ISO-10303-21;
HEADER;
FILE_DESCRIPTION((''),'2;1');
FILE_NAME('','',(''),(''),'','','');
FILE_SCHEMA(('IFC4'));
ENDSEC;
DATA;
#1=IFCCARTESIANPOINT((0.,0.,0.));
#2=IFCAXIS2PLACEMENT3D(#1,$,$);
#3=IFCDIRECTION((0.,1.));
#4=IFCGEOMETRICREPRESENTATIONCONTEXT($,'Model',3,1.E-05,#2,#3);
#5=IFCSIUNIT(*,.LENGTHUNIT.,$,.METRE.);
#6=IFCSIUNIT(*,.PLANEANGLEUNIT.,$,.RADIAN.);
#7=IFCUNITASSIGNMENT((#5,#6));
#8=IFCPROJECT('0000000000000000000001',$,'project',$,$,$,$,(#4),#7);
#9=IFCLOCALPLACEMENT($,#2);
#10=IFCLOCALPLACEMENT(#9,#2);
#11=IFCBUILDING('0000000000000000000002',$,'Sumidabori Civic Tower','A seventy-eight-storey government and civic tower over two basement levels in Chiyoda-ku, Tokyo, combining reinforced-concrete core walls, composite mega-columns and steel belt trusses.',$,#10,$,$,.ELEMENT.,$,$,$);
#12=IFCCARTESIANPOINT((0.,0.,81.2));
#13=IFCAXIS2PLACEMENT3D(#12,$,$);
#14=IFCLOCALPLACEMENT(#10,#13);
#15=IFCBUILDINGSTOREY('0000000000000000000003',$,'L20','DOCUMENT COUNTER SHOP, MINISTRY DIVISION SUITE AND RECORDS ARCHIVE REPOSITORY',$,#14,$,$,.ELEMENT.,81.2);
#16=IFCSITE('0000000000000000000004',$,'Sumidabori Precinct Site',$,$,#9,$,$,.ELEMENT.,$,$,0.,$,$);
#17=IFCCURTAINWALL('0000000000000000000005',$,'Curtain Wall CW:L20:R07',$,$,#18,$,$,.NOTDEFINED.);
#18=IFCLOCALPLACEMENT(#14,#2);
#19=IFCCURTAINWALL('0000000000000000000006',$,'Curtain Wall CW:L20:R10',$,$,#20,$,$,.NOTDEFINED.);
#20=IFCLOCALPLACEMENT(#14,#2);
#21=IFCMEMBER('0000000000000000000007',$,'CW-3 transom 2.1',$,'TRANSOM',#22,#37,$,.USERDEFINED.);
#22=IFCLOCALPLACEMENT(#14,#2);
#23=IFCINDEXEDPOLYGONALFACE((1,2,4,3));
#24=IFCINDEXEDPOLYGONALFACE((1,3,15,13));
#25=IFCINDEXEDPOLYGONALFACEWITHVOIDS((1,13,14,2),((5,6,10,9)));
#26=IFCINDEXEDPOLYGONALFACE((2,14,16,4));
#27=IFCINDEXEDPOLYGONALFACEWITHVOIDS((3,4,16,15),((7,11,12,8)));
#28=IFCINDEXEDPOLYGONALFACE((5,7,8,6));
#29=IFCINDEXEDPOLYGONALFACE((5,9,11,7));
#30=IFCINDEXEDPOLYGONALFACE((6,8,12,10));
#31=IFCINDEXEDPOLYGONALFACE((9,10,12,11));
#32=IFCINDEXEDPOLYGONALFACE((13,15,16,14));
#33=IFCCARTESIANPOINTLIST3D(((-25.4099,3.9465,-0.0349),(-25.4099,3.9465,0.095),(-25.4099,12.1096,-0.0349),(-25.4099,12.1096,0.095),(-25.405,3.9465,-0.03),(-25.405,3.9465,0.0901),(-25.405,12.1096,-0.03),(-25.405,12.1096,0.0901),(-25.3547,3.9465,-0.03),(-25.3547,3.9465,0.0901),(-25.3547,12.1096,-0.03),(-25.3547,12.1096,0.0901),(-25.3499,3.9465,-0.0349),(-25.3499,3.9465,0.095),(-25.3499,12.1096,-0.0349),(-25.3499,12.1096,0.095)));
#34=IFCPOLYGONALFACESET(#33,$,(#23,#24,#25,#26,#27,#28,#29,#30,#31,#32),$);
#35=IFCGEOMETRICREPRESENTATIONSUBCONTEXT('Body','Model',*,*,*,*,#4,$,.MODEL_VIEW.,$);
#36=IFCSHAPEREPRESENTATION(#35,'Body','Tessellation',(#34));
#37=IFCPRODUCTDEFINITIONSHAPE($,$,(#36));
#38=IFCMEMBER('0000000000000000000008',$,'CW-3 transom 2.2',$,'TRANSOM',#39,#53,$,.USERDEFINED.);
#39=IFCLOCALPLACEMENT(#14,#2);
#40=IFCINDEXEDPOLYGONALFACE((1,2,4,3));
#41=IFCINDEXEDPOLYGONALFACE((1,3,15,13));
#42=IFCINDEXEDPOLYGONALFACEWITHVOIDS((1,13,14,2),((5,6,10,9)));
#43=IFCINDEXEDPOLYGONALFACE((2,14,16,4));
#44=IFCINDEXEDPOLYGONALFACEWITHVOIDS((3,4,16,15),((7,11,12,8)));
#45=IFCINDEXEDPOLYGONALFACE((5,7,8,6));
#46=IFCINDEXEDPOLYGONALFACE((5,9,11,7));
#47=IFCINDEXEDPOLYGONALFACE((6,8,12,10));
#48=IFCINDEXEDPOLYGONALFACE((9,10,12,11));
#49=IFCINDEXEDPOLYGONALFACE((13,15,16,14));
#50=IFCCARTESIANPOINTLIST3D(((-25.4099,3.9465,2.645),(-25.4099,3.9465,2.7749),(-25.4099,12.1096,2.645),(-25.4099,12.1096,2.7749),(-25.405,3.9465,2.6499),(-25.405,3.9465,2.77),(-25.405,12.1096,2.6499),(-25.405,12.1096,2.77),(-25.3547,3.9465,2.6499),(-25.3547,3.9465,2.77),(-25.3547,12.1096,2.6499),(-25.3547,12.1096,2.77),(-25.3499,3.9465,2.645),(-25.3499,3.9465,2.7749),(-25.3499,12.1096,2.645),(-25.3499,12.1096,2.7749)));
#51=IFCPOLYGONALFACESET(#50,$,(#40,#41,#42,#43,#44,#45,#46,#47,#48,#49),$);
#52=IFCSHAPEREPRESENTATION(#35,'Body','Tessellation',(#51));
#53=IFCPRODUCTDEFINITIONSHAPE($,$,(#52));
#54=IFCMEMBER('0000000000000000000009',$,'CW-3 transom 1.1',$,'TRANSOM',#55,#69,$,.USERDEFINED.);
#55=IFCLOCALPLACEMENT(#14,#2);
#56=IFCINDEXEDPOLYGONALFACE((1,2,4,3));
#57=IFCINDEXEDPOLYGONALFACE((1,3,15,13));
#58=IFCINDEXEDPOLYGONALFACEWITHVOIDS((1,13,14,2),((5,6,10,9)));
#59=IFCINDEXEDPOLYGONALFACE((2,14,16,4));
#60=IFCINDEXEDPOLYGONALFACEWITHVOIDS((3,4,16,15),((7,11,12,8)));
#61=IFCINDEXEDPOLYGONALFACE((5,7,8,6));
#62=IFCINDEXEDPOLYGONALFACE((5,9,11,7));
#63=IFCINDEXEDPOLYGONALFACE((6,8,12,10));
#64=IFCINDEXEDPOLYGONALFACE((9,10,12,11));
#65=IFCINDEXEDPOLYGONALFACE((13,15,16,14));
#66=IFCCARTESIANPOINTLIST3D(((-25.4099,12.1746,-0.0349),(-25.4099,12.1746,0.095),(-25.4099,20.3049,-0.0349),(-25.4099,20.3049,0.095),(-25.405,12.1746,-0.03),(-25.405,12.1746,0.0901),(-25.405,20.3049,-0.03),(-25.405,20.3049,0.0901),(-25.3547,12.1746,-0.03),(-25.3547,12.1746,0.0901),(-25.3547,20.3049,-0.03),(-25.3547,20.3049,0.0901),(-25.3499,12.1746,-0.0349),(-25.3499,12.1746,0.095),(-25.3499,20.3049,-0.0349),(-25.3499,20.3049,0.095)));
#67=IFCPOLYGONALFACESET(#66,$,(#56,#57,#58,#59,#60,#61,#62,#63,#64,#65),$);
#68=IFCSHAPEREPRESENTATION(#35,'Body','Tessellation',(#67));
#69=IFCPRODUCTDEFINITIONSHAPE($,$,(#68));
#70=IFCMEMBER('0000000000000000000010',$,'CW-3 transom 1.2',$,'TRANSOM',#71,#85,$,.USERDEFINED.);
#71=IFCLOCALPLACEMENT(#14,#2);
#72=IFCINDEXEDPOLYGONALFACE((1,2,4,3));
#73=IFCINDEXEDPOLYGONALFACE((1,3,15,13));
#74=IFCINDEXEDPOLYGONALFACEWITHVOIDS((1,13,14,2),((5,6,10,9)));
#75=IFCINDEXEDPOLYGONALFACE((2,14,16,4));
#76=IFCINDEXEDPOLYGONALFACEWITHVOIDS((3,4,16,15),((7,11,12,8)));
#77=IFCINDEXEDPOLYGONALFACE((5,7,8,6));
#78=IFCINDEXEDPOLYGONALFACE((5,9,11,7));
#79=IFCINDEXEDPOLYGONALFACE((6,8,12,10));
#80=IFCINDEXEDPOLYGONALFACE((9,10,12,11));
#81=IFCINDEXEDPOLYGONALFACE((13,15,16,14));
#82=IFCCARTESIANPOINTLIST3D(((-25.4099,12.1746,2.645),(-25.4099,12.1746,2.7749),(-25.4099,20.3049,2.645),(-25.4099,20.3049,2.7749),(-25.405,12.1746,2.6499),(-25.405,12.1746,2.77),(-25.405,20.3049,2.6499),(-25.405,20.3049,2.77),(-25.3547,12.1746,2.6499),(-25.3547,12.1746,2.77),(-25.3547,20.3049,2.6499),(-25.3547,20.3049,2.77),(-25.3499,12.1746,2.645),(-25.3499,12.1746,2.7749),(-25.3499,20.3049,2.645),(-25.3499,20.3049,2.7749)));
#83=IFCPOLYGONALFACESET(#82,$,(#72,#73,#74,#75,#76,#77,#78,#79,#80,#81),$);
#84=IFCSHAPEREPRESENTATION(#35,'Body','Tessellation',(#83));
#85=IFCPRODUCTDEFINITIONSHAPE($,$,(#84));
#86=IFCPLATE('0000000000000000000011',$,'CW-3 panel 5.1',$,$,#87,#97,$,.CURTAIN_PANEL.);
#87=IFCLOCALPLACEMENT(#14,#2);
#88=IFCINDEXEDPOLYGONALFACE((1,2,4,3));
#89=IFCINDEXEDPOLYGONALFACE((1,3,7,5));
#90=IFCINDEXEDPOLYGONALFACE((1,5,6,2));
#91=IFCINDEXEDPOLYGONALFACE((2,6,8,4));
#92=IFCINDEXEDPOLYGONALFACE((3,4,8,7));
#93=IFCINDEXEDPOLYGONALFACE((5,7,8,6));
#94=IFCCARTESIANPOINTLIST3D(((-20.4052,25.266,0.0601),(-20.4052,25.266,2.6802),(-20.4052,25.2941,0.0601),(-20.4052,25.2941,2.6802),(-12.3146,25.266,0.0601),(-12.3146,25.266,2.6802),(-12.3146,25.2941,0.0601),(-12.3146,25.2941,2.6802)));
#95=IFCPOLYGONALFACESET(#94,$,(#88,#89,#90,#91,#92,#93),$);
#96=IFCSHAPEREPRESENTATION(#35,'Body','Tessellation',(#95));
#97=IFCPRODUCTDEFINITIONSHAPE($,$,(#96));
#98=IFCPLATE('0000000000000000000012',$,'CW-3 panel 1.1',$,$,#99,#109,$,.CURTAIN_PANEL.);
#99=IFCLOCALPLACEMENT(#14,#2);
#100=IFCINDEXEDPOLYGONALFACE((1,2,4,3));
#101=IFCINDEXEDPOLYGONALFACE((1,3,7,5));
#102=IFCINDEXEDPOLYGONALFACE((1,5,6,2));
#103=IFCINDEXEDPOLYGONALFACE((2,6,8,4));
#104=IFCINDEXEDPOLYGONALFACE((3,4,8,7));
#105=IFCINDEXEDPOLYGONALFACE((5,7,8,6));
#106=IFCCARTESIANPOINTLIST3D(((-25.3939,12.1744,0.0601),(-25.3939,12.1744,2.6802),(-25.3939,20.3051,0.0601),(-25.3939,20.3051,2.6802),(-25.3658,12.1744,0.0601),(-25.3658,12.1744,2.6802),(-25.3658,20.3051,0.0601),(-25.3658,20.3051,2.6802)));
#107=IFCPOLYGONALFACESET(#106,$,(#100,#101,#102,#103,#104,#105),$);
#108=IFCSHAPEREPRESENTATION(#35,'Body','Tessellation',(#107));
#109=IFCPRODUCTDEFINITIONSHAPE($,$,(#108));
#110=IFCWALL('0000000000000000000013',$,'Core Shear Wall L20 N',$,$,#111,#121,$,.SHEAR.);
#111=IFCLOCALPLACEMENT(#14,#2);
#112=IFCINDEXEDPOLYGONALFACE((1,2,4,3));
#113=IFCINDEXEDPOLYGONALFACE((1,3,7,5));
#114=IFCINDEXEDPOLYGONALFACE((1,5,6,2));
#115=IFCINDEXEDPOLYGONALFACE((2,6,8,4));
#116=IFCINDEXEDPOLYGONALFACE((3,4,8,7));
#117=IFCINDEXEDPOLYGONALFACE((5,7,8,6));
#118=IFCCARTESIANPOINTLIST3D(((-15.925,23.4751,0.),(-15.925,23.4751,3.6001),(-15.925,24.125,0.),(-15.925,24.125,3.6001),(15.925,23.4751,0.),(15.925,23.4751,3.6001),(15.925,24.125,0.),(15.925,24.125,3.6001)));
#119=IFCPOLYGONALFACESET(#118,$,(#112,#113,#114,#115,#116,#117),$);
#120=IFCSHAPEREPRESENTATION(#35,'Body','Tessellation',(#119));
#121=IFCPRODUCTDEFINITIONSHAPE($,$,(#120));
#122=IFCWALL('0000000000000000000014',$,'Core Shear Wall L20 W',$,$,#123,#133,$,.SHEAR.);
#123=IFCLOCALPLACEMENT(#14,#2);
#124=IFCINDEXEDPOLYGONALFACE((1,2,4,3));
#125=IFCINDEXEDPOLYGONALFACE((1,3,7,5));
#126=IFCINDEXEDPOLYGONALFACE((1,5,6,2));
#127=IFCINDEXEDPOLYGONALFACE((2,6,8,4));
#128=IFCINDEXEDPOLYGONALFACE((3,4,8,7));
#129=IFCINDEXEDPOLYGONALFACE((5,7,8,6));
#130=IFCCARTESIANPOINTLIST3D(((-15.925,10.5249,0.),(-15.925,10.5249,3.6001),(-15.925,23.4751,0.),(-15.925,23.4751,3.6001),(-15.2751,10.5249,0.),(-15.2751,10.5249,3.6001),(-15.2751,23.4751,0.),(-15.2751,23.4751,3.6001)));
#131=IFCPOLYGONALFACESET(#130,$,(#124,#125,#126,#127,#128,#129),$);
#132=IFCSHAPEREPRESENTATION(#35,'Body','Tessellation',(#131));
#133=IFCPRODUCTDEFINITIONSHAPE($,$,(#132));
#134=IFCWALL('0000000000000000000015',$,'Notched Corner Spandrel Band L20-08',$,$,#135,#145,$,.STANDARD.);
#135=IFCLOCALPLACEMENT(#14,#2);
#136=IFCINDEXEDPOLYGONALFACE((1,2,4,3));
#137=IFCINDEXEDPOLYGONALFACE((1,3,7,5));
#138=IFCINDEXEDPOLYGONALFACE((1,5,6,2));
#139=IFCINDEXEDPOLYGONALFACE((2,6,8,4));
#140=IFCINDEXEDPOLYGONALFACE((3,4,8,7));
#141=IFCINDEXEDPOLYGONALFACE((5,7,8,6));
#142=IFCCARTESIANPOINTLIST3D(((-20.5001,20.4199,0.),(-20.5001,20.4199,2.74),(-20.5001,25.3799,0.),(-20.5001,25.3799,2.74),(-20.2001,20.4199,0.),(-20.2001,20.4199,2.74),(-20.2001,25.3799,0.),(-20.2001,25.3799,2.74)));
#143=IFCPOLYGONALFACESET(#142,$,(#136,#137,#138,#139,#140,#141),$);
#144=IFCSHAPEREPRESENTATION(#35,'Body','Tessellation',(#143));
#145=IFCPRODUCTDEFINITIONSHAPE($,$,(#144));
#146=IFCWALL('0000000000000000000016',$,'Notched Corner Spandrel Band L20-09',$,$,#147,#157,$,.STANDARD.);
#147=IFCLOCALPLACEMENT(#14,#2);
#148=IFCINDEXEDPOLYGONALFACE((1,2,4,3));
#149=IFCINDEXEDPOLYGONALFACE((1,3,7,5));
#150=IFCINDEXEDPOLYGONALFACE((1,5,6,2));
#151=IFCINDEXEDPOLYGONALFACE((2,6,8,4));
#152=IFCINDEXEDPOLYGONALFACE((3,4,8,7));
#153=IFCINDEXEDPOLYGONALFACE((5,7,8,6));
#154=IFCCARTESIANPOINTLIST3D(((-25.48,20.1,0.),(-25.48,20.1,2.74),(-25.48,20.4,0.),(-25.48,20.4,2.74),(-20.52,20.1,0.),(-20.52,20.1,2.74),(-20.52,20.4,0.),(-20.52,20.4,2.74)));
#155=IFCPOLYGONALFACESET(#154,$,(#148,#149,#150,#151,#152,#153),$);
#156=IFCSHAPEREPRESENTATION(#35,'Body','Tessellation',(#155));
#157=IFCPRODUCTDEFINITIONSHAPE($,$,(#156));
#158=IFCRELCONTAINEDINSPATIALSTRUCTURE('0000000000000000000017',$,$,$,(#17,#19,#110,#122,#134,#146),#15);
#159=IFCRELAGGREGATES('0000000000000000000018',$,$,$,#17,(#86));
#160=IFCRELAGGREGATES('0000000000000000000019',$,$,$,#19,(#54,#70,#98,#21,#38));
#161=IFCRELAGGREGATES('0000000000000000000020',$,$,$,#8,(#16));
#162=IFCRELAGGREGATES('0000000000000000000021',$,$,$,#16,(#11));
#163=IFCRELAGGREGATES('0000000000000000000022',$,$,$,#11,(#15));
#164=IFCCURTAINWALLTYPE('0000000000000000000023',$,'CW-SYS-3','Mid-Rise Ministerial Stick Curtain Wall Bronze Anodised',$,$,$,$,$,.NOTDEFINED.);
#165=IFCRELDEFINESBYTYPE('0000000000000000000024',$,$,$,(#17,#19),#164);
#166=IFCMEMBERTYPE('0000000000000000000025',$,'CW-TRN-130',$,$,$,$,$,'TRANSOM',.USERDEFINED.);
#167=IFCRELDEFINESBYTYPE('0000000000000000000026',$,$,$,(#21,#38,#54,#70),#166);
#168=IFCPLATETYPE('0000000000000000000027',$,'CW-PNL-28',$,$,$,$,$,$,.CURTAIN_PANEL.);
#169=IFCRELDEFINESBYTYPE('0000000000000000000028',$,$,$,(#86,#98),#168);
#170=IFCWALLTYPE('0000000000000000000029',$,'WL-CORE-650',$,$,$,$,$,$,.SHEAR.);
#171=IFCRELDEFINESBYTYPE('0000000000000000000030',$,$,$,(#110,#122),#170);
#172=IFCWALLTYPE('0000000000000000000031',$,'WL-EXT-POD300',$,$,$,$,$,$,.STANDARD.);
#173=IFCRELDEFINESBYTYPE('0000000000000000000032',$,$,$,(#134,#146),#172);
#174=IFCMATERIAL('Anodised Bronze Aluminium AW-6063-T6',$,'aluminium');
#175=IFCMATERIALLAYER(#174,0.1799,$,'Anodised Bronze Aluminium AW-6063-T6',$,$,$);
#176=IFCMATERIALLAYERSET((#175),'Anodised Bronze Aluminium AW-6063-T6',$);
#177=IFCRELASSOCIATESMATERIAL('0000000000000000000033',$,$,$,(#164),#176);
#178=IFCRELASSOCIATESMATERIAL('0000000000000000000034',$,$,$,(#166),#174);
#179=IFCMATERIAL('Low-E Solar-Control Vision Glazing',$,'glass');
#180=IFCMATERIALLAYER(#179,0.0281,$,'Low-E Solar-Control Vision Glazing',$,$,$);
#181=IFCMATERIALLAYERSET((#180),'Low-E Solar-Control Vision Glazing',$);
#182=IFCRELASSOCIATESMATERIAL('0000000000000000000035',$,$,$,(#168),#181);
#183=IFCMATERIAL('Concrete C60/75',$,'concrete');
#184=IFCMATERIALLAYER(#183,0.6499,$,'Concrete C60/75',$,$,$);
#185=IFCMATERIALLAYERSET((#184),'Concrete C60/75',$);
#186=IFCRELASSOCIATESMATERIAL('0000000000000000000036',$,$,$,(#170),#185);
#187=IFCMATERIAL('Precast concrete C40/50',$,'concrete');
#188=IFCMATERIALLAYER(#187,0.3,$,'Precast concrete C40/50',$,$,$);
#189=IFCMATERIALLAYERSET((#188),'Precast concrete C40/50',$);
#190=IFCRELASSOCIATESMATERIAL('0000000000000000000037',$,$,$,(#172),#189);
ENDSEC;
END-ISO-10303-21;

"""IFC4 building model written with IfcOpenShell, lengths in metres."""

from ifc_helpers import new_model, si_unit, direction, frame, frame_2d, origin, origin_2d, place, context, subcontext, project, spatial, rectangle, hollow_rectangle, extrude, source, transform, mapped, material, layer, layer_set, material_profile, profile_set, type_object, element, aggregate, save


model = new_model("IFC4")

# Units and contexts
model_context = context("Model", 3, precision=1e-05, world=origin(), true_north=direction((0.0, 1.0)))
body_context = subcontext(model_context, "Body", "Model", "MODEL_VIEW")
ifc_project = project(units=[si_unit("LENGTHUNIT", "METRE"), si_unit("PLANEANGLEUNIT", "RADIAN")], contexts=[model_context])

# Site, building, storey
site_placement = place(None, origin())
site = spatial("IfcSite", under=ifc_project, at=site_placement, Name="Sumidabori Precinct Site", CompositionType="ELEMENT", RefElevation=0.0)
building_placement = place(site_placement, origin())
building = spatial("IfcBuilding", under=site, at=building_placement, Name="Sumidabori Civic Tower", Description="A seventy-eight-storey government and civic tower over two basement levels in Chiyoda-ku, Tokyo, combining reinforced-concrete core walls, composite mega-columns and steel belt trusses.", CompositionType="ELEMENT")
storey_placement = place(building_placement, frame((0.0, 0.0, 81.2)))
storey = spatial("IfcBuildingStorey", under=building, at=storey_placement, Name="L20", Description="DOCUMENT COUNTER SHOP, MINISTRY DIVISION SUITE AND RECORDS ARCHIVE REPOSITORY", CompositionType="ELEMENT", Elevation=81.2)

# Shared definitions
ifc_material_1 = material(Name="Concrete C60/75", Category="concrete")

# Curtain wall
ifc_material_2 = material(Name="Anodised Bronze Aluminium AW-6063-T6", Category="aluminium")
ifc_layer_1 = layer(ifc_material_2, 0.1799, Name="Anodised Bronze Aluminium AW-6063-T6")
ifc_layer_set_1 = layer_set([ifc_layer_1], Name="Anodised Bronze Aluminium AW-6063-T6")
curtain_wall_type = type_object("IfcCurtainWallType", Name="CW-SYS-3", Description="Mid-Rise Ministerial Stick Curtain Wall Bronze Anodised", PredefinedType="NOTDEFINED", material=ifc_layer_set_1)
curtain_wall_1_placement = place(storey_placement, origin())
curtain_wall_1 = element("IfcCurtainWall", 1, at=curtain_wall_1_placement, inside=storey, type_object=curtain_wall_type, Name="Curtain Wall CW:L20:R07", PredefinedType="NOTDEFINED")

# Curtain wall, members
curtain_wall_2_placement = place(storey_placement, origin())
curtain_wall_2 = element("IfcCurtainWall", 2, at=curtain_wall_2_placement, inside=storey, type_object=curtain_wall_type, Name="Curtain Wall CW:L20:R10", PredefinedType="NOTDEFINED")
ifc_material_profile_1 = material_profile(ifc_material_2, hollow_rectangle(XDim=0.0601, YDim=0.1299, WallThickness=0.0049, at=origin_2d()), Name="ALU TRANSOM 130x60")
ifc_profile_set_1 = profile_set([ifc_material_profile_1], Name="Anodised Bronze Aluminium AW-6063-T6")
member_type_1 = type_object("IfcMemberType", Name="CW-TRN-130", ElementType="TRANSOM", PredefinedType="USERDEFINED", material=ifc_profile_set_1)
shared_shape_1 = source(origin(), body_context, "Body", "SweptSolid", [
    extrude(hollow_rectangle(XDim=0.0601, YDim=0.1299, WallThickness=0.0049, at=origin_2d()), origin(), (0.0, 0.0, 1.0), 8.1631),
])
member_1_placement = place(storey_placement, frame((-25.3799, 12.1096, 0.03), z_axis=(0.0, -1.0, 0.0), x_axis=(1.0, 0.0, 0.0)))
member_1 = element("IfcMember", 3, at=member_1_placement, type_object=member_type_1, Name="CW-3 transom 2.1", ObjectType="TRANSOM", PredefinedType="USERDEFINED", context=body_context, shape_type="MappedRepresentation", body=[
    mapped(shared_shape_1, transform((0.0, 0.0, 0.0), x_axis=(1.0, 0.0, 0.0), y_axis=(0.0, 1.0, 0.0), z_axis=(0.0, 0.0, 1.0), scale=1.0)),
])
member_2_placement = place(storey_placement, frame((-25.3799, 12.1096, 2.71), z_axis=(0.0, -1.0, 0.0), x_axis=(1.0, 0.0, 0.0)))
member_2 = element("IfcMember", 4, at=member_2_placement, type_object=member_type_1, Name="CW-3 transom 2.2", ObjectType="TRANSOM", PredefinedType="USERDEFINED", context=body_context, shape_type="MappedRepresentation", body=[
    mapped(shared_shape_1, transform((0.0, 0.0, 0.0), x_axis=(1.0, 0.0, 0.0), y_axis=(0.0, 1.0, 0.0), z_axis=(0.0, 0.0, 1.0), scale=1.0)),
])
shared_shape_2 = source(origin(), body_context, "Body", "SweptSolid", [
    extrude(hollow_rectangle(XDim=0.0601, YDim=0.1299, WallThickness=0.0049, at=origin_2d()), origin(), (0.0, 0.0, 1.0), 8.1304),
])
member_3_placement = place(storey_placement, frame((-25.3799, 20.3049, 0.03), z_axis=(0.0, -1.0, 0.0), x_axis=(1.0, 0.0, 0.0)))
member_3 = element("IfcMember", 5, at=member_3_placement, type_object=member_type_1, Name="CW-3 transom 1.1", ObjectType="TRANSOM", PredefinedType="USERDEFINED", context=body_context, shape_type="MappedRepresentation", body=[
    mapped(shared_shape_2, transform((0.0, 0.0, 0.0), x_axis=(1.0, 0.0, 0.0), y_axis=(0.0, 1.0, 0.0), z_axis=(0.0, 0.0, 1.0), scale=1.0)),
])
member_4_placement = place(storey_placement, frame((-25.3799, 20.3049, 2.71), z_axis=(0.0, -1.0, 0.0), x_axis=(1.0, 0.0, 0.0)))
member_4 = element("IfcMember", 6, at=member_4_placement, type_object=member_type_1, Name="CW-3 transom 1.2", ObjectType="TRANSOM", PredefinedType="USERDEFINED", context=body_context, shape_type="MappedRepresentation", body=[
    mapped(shared_shape_2, transform((0.0, 0.0, 0.0), x_axis=(1.0, 0.0, 0.0), y_axis=(0.0, 1.0, 0.0), z_axis=(0.0, 0.0, 1.0), scale=1.0)),
])

# Plates
ifc_material_3 = material(Name="Low-E Solar-Control Vision Glazing", Category="glass")
ifc_layer_2 = layer(ifc_material_3, 0.0281, Name="Low-E Solar-Control Vision Glazing")
ifc_layer_set_2 = layer_set([ifc_layer_2], Name="Low-E Solar-Control Vision Glazing")
plate_type = type_object("IfcPlateType", Name="CW-PNL-28", PredefinedType="CURTAIN_PANEL", material=ifc_layer_set_2)
shared_shape_3 = source(origin(), body_context, "Body", "SweptSolid", [
    extrude(rectangle(XDim=8.0906, YDim=0.0281, at=origin_2d()), origin(), (0.0, 0.0, 1.0), 2.6201),
])
plate_1_placement = place(storey_placement, frame((-16.3599, 25.28, 0.0601), z_axis=(0.0, 0.0, 1.0), x_axis=(-1.0, 0.0, 0.0)))
plate_1 = element("IfcPlate", 7, at=plate_1_placement, type_object=plate_type, Name="CW-3 panel 5.1", PredefinedType="CURTAIN_PANEL", context=body_context, shape_type="MappedRepresentation", body=[
    mapped(shared_shape_3, transform((0.0, 0.0, 0.0), x_axis=(1.0, 0.0, 0.0), y_axis=(0.0, 1.0, 0.0), z_axis=(0.0, 0.0, 1.0), scale=1.0)),
])
aggregate(curtain_wall_1, [plate_1])
shared_shape_4 = source(origin(), body_context, "Body", "SweptSolid", [
    extrude(rectangle(XDim=8.1306, YDim=0.0281, at=origin_2d()), origin(), (0.0, 0.0, 1.0), 2.6201),
])
plate_2_placement = place(storey_placement, frame((-25.3799, 16.2397, 0.0601), z_axis=(0.0, 0.0, 1.0), x_axis=(0.0, -1.0, 0.0)))
plate_2 = element("IfcPlate", 8, at=plate_2_placement, type_object=plate_type, Name="CW-3 panel 1.1", PredefinedType="CURTAIN_PANEL", context=body_context, shape_type="MappedRepresentation", body=[
    mapped(shared_shape_4, transform((0.0, 0.0, 0.0), x_axis=(1.0, 0.0, 0.0), y_axis=(0.0, 1.0, 0.0), z_axis=(0.0, 0.0, 1.0), scale=1.0)),
])
aggregate(curtain_wall_2, [member_3, member_4, plate_2, member_1, member_2])

# Wall
ifc_layer_3 = layer(ifc_material_1, 0.6499, Name="Concrete C60/75")
ifc_layer_set_3 = layer_set([ifc_layer_3], Name="Concrete C60/75")
wall_type_1 = type_object("IfcWallType", Name="WL-CORE-650", PredefinedType="SHEAR", material=ifc_layer_set_3)
shared_shape_5 = source(origin(), body_context, "Body", "SweptSolid", [
    extrude(rectangle(XDim=31.8501, YDim=0.6499, at=frame_2d((15.925, 0.0))), origin(), (0.0, 0.0, 1.0), 3.6001),
])
wall_1_placement = place(storey_placement, frame((-15.925, 23.8, 0.0), z_axis=(0.0, 0.0, 1.0), x_axis=(1.0, 0.0, 0.0)))
element("IfcWall", 9, at=wall_1_placement, inside=storey, type_object=wall_type_1, Name="Core Shear Wall L20 N", PredefinedType="SHEAR", context=body_context, shape_type="MappedRepresentation", body=[
    mapped(shared_shape_5, transform((0.0, 0.0, 0.0), x_axis=(1.0, 0.0, 0.0), y_axis=(0.0, 1.0, 0.0), z_axis=(0.0, 0.0, 1.0), scale=1.0)),
])

# Walls
shared_shape_6 = source(origin(), body_context, "Body", "SweptSolid", [
    extrude(rectangle(XDim=12.9502, YDim=0.6499, at=frame_2d((6.4751, 0.0))), origin(), (0.0, 0.0, 1.0), 3.6001),
])
wall_2_placement = place(storey_placement, frame((-15.6001, 10.5249, 0.0), z_axis=(0.0, 0.0, 1.0), x_axis=(0.0, 1.0, 0.0)))
element("IfcWall", 10, at=wall_2_placement, inside=storey, type_object=wall_type_1, Name="Core Shear Wall L20 W", PredefinedType="SHEAR", context=body_context, shape_type="MappedRepresentation", body=[
    mapped(shared_shape_6, transform((0.0, 0.0, 0.0), x_axis=(1.0, 0.0, 0.0), y_axis=(0.0, 1.0, 0.0), z_axis=(0.0, 0.0, 1.0), scale=1.0)),
])
ifc_material_4 = material(Name="Precast concrete C40/50", Category="concrete")
ifc_layer_4 = layer(ifc_material_4, 0.3, Name="Precast concrete C40/50")
ifc_layer_set_4 = layer_set([ifc_layer_4], Name="Precast concrete C40/50")
wall_type_2 = type_object("IfcWallType", Name="WL-EXT-POD300", PredefinedType="STANDARD", material=ifc_layer_set_4)
shared_shape_7 = source(origin(), body_context, "Body", "SweptSolid", [
    extrude(rectangle(XDim=4.96, YDim=0.3, at=frame_2d((2.48, 0.0))), origin(), (0.0, 0.0, 1.0), 2.74),
])
for number, where, z_axis, x_axis, name in (
    (11, (-20.3501, 25.3799, 0.0), (0.0, 0.0, 1.0), (0.0, -1.0, 0.0), "Notched Corner Spandrel Band L20-08"),
    (12, (-20.52, 20.25, 0.0), (0.0, 0.0, 1.0), (-1.0, 0.0, 0.0), "Notched Corner Spandrel Band L20-09"),
):
    element("IfcWall", number, at=place(storey_placement, frame(where, z_axis=z_axis, x_axis=x_axis)), inside=storey, type_object=wall_type_2, Name=name, PredefinedType="STANDARD", context=body_context, shape_type="MappedRepresentation", body=[
        mapped(shared_shape_7, transform((0.0, 0.0, 0.0), x_axis=(1.0, 0.0, 0.0), y_axis=(0.0, 1.0, 0.0), z_axis=(0.0, 0.0, 1.0), scale=1.0)),
    ])

save(model, "model.ifc")
